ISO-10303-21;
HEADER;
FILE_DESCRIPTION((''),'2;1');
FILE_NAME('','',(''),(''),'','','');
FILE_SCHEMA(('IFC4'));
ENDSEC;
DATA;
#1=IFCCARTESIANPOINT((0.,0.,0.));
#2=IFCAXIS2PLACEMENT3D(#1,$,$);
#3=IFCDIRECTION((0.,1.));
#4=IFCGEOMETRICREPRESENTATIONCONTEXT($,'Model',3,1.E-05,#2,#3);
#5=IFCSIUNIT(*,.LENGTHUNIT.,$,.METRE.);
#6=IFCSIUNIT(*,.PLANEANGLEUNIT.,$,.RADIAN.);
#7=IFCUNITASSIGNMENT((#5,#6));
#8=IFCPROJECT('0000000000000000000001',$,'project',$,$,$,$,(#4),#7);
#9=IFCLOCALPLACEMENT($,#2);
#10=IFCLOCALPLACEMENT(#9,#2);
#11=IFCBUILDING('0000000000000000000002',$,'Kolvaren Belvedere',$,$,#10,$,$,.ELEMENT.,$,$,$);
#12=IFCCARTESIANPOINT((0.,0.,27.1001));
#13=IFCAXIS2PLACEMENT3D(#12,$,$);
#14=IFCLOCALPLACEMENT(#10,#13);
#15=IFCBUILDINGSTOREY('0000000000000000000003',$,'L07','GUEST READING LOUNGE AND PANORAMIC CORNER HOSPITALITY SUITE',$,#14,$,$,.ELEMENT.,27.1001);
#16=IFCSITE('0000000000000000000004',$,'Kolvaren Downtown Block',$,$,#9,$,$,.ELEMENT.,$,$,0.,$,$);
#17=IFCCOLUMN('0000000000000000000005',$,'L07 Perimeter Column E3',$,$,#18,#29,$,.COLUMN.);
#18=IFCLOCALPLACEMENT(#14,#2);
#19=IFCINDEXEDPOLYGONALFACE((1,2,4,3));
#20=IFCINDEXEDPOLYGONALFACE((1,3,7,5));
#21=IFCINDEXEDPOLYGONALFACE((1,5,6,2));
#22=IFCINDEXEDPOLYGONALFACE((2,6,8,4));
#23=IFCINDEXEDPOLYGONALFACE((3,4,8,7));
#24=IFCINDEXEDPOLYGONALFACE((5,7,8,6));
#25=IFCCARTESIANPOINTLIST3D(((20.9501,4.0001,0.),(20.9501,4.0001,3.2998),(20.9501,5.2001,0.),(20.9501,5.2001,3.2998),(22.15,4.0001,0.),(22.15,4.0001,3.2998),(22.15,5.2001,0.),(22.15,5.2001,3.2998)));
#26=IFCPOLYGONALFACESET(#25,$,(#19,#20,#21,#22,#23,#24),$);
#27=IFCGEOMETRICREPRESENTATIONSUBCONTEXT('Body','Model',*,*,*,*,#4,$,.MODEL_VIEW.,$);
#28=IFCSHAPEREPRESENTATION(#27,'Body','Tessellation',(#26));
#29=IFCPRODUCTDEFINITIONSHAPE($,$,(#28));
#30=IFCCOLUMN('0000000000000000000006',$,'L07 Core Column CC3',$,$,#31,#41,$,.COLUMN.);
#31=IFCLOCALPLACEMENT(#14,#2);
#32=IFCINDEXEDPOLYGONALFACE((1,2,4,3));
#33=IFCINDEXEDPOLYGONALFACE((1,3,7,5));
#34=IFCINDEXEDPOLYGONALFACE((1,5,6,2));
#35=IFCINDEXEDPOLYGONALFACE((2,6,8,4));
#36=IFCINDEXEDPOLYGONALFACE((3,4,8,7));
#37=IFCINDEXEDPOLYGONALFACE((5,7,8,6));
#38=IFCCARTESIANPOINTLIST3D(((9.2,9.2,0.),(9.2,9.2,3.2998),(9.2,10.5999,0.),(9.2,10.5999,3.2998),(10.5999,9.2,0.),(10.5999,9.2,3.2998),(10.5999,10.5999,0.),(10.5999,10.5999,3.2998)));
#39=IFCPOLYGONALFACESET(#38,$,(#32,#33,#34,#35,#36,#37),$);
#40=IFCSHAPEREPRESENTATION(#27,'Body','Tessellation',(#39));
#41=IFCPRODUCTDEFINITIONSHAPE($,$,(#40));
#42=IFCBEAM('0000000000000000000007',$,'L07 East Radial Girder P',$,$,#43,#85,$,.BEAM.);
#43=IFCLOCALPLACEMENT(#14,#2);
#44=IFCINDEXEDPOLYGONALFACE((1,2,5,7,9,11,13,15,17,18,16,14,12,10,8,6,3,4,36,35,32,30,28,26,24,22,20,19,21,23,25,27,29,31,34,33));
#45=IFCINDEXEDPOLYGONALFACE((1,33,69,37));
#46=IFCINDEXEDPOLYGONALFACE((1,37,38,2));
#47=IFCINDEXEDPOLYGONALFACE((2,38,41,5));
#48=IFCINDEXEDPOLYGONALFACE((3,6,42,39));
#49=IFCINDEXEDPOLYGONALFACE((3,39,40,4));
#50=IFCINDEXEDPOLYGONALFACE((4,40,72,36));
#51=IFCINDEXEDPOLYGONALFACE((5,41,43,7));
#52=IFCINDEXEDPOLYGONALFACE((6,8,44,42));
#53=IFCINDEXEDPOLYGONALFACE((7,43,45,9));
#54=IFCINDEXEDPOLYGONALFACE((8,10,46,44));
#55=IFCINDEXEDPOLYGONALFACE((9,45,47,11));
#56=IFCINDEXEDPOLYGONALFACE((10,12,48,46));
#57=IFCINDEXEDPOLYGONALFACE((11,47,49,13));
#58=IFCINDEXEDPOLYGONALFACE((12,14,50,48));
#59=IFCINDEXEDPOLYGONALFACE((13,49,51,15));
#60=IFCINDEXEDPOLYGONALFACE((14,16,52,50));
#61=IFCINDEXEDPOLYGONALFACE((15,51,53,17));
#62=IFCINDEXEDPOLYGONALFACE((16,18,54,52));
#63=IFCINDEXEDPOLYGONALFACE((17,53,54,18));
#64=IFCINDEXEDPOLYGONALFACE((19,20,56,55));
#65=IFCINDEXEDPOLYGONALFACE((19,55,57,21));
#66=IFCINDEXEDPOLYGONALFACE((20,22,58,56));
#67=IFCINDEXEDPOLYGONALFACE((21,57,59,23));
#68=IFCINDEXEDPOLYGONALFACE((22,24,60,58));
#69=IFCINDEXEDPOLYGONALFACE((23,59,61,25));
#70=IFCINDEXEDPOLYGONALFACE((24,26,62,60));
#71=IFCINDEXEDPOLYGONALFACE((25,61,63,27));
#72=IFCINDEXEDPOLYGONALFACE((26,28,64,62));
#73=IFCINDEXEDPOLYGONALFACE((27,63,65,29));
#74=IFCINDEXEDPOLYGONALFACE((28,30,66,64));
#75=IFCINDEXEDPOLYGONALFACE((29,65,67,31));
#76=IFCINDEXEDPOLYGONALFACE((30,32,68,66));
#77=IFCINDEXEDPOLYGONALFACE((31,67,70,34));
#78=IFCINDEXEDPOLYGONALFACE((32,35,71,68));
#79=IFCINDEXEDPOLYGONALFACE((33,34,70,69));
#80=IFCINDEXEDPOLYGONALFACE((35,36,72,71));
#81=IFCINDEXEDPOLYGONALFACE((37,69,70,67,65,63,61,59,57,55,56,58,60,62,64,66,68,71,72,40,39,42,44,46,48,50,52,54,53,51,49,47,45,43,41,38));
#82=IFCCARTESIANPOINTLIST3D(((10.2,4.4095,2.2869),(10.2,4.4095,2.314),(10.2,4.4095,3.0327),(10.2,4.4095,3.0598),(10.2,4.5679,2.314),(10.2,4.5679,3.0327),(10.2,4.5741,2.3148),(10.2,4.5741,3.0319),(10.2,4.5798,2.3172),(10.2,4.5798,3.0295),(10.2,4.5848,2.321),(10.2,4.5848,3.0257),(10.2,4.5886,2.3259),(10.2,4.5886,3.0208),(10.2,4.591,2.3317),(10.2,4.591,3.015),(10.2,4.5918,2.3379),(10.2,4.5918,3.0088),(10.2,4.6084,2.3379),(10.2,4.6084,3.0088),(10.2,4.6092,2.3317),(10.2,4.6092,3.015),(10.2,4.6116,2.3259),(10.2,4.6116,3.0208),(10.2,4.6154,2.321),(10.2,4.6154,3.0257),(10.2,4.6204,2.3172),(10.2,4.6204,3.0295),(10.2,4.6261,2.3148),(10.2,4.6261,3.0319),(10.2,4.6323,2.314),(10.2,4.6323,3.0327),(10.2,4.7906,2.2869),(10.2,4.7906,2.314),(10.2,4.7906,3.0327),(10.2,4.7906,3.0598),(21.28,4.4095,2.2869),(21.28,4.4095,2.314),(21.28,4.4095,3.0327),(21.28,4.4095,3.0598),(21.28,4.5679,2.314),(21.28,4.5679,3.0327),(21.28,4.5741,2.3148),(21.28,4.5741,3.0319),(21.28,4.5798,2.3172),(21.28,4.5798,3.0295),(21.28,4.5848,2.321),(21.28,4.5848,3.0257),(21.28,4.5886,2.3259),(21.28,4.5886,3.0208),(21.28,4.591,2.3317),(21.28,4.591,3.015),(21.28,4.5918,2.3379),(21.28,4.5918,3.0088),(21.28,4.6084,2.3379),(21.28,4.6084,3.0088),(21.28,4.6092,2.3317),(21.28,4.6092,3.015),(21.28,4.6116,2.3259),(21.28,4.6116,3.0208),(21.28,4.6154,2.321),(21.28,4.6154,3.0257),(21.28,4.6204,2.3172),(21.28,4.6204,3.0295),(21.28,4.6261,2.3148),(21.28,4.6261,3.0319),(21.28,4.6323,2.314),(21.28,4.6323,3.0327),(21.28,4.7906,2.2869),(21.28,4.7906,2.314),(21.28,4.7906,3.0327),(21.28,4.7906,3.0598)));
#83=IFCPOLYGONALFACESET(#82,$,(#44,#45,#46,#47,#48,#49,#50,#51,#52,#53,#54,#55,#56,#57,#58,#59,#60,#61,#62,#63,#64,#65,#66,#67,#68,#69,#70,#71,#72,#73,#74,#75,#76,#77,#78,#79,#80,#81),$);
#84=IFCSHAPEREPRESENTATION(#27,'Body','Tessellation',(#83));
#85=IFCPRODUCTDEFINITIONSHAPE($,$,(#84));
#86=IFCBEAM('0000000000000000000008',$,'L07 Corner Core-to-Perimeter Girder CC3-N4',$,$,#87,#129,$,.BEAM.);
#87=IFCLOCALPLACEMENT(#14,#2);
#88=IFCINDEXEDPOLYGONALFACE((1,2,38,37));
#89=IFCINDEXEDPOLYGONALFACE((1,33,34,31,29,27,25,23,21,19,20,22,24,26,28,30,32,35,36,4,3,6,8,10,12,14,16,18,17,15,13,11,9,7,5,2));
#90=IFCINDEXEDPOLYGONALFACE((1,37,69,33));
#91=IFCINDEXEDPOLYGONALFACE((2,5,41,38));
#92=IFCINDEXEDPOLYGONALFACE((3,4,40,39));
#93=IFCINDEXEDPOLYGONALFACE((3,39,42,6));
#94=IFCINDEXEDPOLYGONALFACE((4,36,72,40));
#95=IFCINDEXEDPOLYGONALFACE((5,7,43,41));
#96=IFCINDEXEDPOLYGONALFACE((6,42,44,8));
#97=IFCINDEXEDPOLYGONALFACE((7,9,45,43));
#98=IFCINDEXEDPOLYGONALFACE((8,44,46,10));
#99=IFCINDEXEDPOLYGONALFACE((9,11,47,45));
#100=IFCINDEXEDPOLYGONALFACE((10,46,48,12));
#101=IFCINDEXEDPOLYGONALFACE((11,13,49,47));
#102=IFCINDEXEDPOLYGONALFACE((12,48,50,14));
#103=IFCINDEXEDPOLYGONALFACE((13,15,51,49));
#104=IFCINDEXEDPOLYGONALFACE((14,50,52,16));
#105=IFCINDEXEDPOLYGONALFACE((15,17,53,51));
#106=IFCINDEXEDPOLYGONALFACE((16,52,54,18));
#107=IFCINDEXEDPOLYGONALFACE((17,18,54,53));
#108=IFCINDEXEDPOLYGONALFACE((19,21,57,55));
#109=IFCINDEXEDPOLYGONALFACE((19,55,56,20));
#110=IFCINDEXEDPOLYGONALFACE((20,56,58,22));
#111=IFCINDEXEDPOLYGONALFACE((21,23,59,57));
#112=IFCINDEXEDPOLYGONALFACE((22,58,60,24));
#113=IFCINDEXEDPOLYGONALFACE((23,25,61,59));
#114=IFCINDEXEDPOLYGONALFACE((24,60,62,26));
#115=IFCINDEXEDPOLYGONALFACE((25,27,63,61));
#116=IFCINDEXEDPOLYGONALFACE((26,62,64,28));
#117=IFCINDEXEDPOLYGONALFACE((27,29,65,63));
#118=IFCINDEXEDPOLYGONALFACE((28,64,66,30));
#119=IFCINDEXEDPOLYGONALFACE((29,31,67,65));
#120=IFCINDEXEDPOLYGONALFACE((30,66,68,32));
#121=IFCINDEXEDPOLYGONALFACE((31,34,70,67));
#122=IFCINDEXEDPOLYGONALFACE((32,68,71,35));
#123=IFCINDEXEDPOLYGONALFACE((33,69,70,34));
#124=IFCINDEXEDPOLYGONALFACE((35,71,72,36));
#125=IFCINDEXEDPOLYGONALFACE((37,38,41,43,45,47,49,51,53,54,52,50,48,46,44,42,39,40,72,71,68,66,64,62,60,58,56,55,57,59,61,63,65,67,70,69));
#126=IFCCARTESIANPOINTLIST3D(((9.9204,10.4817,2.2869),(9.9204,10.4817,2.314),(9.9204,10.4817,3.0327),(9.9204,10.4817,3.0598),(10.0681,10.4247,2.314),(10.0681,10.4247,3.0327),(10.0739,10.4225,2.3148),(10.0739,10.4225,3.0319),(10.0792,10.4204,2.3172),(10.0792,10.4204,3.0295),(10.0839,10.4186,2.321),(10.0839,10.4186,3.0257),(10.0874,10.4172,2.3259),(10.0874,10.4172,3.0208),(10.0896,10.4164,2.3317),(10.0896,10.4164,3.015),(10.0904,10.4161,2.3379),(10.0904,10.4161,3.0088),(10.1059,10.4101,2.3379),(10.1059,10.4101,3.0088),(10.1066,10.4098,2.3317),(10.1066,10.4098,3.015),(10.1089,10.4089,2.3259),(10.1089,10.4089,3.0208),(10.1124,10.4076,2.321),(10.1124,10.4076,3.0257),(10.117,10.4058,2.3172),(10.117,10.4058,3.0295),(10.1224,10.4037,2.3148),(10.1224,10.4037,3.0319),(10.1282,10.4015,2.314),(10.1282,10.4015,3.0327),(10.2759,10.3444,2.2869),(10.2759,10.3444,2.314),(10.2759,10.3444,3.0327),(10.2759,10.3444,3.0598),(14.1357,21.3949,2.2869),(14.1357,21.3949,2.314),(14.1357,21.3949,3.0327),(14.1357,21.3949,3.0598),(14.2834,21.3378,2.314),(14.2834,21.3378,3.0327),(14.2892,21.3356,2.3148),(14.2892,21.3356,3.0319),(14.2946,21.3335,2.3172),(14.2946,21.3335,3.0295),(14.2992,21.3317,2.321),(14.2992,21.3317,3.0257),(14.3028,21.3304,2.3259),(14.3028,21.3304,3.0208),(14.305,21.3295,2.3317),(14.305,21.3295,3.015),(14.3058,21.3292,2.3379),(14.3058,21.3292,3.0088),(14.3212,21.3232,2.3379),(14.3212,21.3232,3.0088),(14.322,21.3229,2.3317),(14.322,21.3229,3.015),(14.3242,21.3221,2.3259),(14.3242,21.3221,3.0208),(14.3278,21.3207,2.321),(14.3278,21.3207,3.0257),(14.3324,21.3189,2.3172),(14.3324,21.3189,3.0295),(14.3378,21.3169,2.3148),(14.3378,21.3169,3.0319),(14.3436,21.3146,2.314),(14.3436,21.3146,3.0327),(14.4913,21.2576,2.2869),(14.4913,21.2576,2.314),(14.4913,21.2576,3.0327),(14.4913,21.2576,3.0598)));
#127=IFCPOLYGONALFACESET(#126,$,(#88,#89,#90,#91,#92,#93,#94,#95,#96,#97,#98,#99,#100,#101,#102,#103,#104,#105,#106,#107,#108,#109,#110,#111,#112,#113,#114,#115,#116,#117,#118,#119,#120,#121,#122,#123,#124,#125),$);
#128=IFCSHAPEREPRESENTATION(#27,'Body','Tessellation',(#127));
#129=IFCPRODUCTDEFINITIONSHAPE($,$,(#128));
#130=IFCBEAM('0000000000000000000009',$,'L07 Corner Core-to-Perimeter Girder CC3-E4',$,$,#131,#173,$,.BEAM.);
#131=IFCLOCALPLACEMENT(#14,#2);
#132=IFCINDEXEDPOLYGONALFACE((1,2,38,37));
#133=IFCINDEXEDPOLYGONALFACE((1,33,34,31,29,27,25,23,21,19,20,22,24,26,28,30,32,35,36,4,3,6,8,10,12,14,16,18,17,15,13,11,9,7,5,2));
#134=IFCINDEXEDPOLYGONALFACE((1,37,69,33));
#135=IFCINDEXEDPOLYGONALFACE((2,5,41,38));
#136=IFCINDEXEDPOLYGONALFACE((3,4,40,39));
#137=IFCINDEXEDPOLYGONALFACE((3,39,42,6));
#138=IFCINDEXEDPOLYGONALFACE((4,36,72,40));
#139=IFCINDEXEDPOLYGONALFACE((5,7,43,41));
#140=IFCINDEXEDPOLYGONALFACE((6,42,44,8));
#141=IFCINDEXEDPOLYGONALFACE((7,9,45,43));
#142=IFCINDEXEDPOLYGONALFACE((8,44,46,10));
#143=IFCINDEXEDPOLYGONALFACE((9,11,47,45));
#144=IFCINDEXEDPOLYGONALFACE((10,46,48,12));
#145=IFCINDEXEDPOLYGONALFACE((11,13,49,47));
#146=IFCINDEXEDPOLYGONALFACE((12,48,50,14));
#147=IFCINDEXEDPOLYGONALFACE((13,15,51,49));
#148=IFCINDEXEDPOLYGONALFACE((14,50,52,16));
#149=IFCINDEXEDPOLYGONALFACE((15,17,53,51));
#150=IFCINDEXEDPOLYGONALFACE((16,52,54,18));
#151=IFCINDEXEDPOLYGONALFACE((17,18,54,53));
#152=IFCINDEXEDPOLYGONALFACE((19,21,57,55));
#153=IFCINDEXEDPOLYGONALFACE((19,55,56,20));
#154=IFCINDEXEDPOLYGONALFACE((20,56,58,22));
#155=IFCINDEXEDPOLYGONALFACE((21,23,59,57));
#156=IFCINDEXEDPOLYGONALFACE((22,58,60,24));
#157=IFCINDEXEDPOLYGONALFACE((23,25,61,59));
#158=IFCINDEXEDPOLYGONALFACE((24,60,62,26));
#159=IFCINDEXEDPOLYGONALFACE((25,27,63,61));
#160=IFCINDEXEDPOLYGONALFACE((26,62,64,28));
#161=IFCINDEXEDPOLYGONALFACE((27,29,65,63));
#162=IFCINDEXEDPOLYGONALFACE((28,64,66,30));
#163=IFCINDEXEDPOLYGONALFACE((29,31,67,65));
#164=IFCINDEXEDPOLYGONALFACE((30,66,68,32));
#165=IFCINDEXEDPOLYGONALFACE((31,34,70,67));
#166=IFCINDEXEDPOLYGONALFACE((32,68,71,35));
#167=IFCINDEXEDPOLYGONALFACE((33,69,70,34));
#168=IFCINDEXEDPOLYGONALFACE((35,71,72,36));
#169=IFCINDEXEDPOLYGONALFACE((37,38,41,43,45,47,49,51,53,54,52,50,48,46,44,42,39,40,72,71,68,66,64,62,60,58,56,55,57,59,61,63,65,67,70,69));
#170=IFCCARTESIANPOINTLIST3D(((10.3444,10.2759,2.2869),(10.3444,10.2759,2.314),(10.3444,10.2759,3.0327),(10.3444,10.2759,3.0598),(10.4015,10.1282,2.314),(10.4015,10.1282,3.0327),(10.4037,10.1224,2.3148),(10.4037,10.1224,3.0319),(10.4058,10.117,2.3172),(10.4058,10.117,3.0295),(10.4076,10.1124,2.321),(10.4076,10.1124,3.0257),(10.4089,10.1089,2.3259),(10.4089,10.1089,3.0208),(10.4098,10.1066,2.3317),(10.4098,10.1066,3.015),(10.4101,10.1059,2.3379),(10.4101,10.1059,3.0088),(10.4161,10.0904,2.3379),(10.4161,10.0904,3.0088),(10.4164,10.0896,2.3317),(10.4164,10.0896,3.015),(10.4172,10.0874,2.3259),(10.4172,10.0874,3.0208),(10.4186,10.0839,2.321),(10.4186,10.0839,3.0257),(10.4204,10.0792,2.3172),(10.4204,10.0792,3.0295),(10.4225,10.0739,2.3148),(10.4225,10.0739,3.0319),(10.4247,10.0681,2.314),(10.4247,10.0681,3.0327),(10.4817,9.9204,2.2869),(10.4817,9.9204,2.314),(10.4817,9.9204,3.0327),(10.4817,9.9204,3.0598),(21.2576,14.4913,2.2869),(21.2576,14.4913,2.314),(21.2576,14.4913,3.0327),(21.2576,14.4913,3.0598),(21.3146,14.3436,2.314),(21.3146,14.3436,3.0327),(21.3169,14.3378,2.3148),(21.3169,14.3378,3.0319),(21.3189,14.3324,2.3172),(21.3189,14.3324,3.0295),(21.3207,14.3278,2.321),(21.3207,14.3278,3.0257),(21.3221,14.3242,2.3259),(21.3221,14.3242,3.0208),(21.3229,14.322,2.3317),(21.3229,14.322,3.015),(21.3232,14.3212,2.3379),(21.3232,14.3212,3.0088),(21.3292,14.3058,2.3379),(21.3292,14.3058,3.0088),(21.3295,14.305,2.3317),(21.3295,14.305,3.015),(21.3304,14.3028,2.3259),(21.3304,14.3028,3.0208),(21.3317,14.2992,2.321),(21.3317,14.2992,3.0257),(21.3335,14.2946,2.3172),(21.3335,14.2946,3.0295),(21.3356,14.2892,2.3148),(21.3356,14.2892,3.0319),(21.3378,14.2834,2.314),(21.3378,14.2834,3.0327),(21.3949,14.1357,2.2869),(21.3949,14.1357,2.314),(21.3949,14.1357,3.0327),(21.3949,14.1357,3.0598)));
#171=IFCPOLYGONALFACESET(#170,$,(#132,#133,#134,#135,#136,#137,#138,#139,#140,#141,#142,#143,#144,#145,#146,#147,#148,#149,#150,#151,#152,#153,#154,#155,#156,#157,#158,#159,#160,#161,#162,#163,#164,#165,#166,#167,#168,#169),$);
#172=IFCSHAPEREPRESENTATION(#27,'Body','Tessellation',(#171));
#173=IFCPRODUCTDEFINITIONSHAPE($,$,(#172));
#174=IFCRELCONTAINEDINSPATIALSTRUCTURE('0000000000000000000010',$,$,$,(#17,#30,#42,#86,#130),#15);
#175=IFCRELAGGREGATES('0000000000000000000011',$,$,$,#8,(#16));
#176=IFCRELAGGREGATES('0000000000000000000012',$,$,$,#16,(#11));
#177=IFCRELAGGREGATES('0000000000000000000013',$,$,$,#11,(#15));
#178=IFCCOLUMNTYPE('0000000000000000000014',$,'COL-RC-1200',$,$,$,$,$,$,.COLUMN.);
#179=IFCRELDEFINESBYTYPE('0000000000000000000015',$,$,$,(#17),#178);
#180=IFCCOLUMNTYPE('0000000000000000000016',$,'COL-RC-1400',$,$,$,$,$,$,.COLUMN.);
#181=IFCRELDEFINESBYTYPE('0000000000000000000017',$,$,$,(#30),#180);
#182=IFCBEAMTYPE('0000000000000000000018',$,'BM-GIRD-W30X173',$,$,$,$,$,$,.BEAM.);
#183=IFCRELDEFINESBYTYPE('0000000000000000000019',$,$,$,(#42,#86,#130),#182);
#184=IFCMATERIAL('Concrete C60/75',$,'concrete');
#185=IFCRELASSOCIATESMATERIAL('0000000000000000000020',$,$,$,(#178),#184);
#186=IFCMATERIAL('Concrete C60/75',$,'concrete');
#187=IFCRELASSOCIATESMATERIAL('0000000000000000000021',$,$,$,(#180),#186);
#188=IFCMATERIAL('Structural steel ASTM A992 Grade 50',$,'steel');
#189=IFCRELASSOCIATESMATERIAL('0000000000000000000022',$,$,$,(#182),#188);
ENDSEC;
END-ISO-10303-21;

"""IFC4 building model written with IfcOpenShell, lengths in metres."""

from ifc_helpers import new_model, si_unit, direction, frame, origin, origin_2d, place, context, subcontext, project, spatial, rectangle, i_section, extrude, material, material_profile, profile_set, type_object, element, save


model = new_model("IFC4")

# Units and contexts
model_context = context("Model", 3, precision=1e-05, world=origin(), true_north=direction((0.0, 1.0)))
body_context = subcontext(model_context, "Body", "Model", "MODEL_VIEW")
ifc_project = project(units=[si_unit("LENGTHUNIT", "METRE"), si_unit("PLANEANGLEUNIT", "RADIAN")], contexts=[model_context])

# Site, building, storey
site_placement = place(None, origin())
site = spatial("IfcSite", under=ifc_project, at=site_placement, Name="Kolvaren Downtown Block", CompositionType="ELEMENT", RefElevation=0.0)
building_placement = place(site_placement, origin())
building = spatial("IfcBuilding", under=site, at=building_placement, Name="Kolvaren Belvedere", CompositionType="ELEMENT")
storey_placement = place(building_placement, frame((0.0, 0.0, 27.1001)))
storey = spatial("IfcBuildingStorey", under=building, at=storey_placement, Name="L07", Description="GUEST READING LOUNGE AND PANORAMIC CORNER HOSPITALITY SUITE", CompositionType="ELEMENT", Elevation=27.1001)

# Columns
ifc_material_1 = material(Name="Concrete C60/75", Category="concrete")
ifc_material_profile_1 = material_profile(ifc_material_1, rectangle(XDim=1.2, YDim=1.2, at=origin_2d()), Name="RC 1200X1200")
ifc_profile_set_1 = profile_set([ifc_material_profile_1], Name="Concrete C60/75")
column_type_1 = type_object("IfcColumnType", Name="COL-RC-1200", PredefinedType="COLUMN", material=ifc_profile_set_1)
column_1_placement = place(storey_placement, frame((21.55, 4.6001, 0.0), z_axis=(0.0, 0.0, 1.0), x_axis=(1.0, 0.0, 0.0)))
element("IfcColumn", 1, at=column_1_placement, inside=storey, type_object=column_type_1, Name="L07 Perimeter Column E3", PredefinedType="COLUMN", context=body_context, shape_type="SweptSolid", body=[
    extrude(rectangle(XDim=1.2, YDim=1.2, at=origin_2d()), origin(), (0.0, 0.0, 1.0), 3.2998),
])
ifc_material_2 = material(Name="Concrete C60/75", Category="concrete")
ifc_material_profile_2 = material_profile(ifc_material_2, rectangle(XDim=1.3999, YDim=1.3999, at=origin_2d()), Name="RC 1400X1400")
ifc_profile_set_2 = profile_set([ifc_material_profile_2], Name="Concrete C60/75")
column_type_2 = type_object("IfcColumnType", Name="COL-RC-1400", PredefinedType="COLUMN", material=ifc_profile_set_2)
column_2_placement = place(storey_placement, frame((9.8999, 9.8999, 0.0), z_axis=(0.0, 0.0, 1.0), x_axis=(1.0, 0.0, 0.0)))
element("IfcColumn", 2, at=column_2_placement, inside=storey, type_object=column_type_2, Name="L07 Core Column CC3", PredefinedType="COLUMN", context=body_context, shape_type="SweptSolid", body=[
    extrude(rectangle(XDim=1.3999, YDim=1.3999, at=origin_2d()), origin(), (0.0, 0.0, 1.0), 3.2998),
])

# Beams
ifc_material_3 = material(Name="Structural steel ASTM A992 Grade 50", Category="steel")
ifc_material_profile_3 = material_profile(ifc_material_3, i_section(OverallWidth=0.3811, OverallDepth=0.7729, WebThickness=0.0166, FlangeThickness=0.0271, FilletRadius=0.0239, at=origin_2d()), Name="W30X173")
ifc_profile_set_3 = profile_set([ifc_material_profile_3], Name="Structural steel ASTM A992 Grade 50")
beam_type_1 = type_object("IfcBeamType", Name="BM-GIRD-W30X173", PredefinedType="BEAM", material=ifc_profile_set_3)
beam_1_placement = place(storey_placement, frame((10.2, 4.6001, 2.6733), z_axis=(1.0, 0.0, 0.0), x_axis=(0.0, 1.0, 0.0)))
element("IfcBeam", 3, at=beam_1_placement, inside=storey, type_object=beam_type_1, Name="L07 East Radial Girder P", PredefinedType="BEAM", context=body_context, shape_type="SweptSolid", body=[
    extrude(i_section(OverallWidth=0.3811, OverallDepth=0.7729, WebThickness=0.0166, FlangeThickness=0.0271, FilletRadius=0.0239, at=origin_2d()), origin(), (0.0, 0.0, 1.0), 11.0801),
])
for number, where, z_axis, x_axis, name in (
    (4, (10.0981, 10.4131, 2.6733), (0.360318, 0.932829, 0.0), (-0.932829, 0.360318, 0.0), "L07 Corner Core-to-Perimeter Girder CC3-N4"),
    (5, (10.4131, 10.0981, 2.6733), (0.932829, 0.360318, 0.0), (-0.360318, 0.932829, 0.0), "L07 Corner Core-to-Perimeter Girder CC3-E4"),
):
    element("IfcBeam", number, at=place(storey_placement, frame(where, z_axis=z_axis, x_axis=x_axis)), inside=storey, type_object=beam_type_1, Name=name, PredefinedType="BEAM", context=body_context, shape_type="SweptSolid", body=[
        extrude(i_section(OverallWidth=0.3811, OverallDepth=0.7729, WebThickness=0.0166, FlangeThickness=0.0271, FilletRadius=0.0239, at=origin_2d()), origin(), (0.0, 0.0, 1.0), 11.699),
    ])

save(model, "model.ifc")
